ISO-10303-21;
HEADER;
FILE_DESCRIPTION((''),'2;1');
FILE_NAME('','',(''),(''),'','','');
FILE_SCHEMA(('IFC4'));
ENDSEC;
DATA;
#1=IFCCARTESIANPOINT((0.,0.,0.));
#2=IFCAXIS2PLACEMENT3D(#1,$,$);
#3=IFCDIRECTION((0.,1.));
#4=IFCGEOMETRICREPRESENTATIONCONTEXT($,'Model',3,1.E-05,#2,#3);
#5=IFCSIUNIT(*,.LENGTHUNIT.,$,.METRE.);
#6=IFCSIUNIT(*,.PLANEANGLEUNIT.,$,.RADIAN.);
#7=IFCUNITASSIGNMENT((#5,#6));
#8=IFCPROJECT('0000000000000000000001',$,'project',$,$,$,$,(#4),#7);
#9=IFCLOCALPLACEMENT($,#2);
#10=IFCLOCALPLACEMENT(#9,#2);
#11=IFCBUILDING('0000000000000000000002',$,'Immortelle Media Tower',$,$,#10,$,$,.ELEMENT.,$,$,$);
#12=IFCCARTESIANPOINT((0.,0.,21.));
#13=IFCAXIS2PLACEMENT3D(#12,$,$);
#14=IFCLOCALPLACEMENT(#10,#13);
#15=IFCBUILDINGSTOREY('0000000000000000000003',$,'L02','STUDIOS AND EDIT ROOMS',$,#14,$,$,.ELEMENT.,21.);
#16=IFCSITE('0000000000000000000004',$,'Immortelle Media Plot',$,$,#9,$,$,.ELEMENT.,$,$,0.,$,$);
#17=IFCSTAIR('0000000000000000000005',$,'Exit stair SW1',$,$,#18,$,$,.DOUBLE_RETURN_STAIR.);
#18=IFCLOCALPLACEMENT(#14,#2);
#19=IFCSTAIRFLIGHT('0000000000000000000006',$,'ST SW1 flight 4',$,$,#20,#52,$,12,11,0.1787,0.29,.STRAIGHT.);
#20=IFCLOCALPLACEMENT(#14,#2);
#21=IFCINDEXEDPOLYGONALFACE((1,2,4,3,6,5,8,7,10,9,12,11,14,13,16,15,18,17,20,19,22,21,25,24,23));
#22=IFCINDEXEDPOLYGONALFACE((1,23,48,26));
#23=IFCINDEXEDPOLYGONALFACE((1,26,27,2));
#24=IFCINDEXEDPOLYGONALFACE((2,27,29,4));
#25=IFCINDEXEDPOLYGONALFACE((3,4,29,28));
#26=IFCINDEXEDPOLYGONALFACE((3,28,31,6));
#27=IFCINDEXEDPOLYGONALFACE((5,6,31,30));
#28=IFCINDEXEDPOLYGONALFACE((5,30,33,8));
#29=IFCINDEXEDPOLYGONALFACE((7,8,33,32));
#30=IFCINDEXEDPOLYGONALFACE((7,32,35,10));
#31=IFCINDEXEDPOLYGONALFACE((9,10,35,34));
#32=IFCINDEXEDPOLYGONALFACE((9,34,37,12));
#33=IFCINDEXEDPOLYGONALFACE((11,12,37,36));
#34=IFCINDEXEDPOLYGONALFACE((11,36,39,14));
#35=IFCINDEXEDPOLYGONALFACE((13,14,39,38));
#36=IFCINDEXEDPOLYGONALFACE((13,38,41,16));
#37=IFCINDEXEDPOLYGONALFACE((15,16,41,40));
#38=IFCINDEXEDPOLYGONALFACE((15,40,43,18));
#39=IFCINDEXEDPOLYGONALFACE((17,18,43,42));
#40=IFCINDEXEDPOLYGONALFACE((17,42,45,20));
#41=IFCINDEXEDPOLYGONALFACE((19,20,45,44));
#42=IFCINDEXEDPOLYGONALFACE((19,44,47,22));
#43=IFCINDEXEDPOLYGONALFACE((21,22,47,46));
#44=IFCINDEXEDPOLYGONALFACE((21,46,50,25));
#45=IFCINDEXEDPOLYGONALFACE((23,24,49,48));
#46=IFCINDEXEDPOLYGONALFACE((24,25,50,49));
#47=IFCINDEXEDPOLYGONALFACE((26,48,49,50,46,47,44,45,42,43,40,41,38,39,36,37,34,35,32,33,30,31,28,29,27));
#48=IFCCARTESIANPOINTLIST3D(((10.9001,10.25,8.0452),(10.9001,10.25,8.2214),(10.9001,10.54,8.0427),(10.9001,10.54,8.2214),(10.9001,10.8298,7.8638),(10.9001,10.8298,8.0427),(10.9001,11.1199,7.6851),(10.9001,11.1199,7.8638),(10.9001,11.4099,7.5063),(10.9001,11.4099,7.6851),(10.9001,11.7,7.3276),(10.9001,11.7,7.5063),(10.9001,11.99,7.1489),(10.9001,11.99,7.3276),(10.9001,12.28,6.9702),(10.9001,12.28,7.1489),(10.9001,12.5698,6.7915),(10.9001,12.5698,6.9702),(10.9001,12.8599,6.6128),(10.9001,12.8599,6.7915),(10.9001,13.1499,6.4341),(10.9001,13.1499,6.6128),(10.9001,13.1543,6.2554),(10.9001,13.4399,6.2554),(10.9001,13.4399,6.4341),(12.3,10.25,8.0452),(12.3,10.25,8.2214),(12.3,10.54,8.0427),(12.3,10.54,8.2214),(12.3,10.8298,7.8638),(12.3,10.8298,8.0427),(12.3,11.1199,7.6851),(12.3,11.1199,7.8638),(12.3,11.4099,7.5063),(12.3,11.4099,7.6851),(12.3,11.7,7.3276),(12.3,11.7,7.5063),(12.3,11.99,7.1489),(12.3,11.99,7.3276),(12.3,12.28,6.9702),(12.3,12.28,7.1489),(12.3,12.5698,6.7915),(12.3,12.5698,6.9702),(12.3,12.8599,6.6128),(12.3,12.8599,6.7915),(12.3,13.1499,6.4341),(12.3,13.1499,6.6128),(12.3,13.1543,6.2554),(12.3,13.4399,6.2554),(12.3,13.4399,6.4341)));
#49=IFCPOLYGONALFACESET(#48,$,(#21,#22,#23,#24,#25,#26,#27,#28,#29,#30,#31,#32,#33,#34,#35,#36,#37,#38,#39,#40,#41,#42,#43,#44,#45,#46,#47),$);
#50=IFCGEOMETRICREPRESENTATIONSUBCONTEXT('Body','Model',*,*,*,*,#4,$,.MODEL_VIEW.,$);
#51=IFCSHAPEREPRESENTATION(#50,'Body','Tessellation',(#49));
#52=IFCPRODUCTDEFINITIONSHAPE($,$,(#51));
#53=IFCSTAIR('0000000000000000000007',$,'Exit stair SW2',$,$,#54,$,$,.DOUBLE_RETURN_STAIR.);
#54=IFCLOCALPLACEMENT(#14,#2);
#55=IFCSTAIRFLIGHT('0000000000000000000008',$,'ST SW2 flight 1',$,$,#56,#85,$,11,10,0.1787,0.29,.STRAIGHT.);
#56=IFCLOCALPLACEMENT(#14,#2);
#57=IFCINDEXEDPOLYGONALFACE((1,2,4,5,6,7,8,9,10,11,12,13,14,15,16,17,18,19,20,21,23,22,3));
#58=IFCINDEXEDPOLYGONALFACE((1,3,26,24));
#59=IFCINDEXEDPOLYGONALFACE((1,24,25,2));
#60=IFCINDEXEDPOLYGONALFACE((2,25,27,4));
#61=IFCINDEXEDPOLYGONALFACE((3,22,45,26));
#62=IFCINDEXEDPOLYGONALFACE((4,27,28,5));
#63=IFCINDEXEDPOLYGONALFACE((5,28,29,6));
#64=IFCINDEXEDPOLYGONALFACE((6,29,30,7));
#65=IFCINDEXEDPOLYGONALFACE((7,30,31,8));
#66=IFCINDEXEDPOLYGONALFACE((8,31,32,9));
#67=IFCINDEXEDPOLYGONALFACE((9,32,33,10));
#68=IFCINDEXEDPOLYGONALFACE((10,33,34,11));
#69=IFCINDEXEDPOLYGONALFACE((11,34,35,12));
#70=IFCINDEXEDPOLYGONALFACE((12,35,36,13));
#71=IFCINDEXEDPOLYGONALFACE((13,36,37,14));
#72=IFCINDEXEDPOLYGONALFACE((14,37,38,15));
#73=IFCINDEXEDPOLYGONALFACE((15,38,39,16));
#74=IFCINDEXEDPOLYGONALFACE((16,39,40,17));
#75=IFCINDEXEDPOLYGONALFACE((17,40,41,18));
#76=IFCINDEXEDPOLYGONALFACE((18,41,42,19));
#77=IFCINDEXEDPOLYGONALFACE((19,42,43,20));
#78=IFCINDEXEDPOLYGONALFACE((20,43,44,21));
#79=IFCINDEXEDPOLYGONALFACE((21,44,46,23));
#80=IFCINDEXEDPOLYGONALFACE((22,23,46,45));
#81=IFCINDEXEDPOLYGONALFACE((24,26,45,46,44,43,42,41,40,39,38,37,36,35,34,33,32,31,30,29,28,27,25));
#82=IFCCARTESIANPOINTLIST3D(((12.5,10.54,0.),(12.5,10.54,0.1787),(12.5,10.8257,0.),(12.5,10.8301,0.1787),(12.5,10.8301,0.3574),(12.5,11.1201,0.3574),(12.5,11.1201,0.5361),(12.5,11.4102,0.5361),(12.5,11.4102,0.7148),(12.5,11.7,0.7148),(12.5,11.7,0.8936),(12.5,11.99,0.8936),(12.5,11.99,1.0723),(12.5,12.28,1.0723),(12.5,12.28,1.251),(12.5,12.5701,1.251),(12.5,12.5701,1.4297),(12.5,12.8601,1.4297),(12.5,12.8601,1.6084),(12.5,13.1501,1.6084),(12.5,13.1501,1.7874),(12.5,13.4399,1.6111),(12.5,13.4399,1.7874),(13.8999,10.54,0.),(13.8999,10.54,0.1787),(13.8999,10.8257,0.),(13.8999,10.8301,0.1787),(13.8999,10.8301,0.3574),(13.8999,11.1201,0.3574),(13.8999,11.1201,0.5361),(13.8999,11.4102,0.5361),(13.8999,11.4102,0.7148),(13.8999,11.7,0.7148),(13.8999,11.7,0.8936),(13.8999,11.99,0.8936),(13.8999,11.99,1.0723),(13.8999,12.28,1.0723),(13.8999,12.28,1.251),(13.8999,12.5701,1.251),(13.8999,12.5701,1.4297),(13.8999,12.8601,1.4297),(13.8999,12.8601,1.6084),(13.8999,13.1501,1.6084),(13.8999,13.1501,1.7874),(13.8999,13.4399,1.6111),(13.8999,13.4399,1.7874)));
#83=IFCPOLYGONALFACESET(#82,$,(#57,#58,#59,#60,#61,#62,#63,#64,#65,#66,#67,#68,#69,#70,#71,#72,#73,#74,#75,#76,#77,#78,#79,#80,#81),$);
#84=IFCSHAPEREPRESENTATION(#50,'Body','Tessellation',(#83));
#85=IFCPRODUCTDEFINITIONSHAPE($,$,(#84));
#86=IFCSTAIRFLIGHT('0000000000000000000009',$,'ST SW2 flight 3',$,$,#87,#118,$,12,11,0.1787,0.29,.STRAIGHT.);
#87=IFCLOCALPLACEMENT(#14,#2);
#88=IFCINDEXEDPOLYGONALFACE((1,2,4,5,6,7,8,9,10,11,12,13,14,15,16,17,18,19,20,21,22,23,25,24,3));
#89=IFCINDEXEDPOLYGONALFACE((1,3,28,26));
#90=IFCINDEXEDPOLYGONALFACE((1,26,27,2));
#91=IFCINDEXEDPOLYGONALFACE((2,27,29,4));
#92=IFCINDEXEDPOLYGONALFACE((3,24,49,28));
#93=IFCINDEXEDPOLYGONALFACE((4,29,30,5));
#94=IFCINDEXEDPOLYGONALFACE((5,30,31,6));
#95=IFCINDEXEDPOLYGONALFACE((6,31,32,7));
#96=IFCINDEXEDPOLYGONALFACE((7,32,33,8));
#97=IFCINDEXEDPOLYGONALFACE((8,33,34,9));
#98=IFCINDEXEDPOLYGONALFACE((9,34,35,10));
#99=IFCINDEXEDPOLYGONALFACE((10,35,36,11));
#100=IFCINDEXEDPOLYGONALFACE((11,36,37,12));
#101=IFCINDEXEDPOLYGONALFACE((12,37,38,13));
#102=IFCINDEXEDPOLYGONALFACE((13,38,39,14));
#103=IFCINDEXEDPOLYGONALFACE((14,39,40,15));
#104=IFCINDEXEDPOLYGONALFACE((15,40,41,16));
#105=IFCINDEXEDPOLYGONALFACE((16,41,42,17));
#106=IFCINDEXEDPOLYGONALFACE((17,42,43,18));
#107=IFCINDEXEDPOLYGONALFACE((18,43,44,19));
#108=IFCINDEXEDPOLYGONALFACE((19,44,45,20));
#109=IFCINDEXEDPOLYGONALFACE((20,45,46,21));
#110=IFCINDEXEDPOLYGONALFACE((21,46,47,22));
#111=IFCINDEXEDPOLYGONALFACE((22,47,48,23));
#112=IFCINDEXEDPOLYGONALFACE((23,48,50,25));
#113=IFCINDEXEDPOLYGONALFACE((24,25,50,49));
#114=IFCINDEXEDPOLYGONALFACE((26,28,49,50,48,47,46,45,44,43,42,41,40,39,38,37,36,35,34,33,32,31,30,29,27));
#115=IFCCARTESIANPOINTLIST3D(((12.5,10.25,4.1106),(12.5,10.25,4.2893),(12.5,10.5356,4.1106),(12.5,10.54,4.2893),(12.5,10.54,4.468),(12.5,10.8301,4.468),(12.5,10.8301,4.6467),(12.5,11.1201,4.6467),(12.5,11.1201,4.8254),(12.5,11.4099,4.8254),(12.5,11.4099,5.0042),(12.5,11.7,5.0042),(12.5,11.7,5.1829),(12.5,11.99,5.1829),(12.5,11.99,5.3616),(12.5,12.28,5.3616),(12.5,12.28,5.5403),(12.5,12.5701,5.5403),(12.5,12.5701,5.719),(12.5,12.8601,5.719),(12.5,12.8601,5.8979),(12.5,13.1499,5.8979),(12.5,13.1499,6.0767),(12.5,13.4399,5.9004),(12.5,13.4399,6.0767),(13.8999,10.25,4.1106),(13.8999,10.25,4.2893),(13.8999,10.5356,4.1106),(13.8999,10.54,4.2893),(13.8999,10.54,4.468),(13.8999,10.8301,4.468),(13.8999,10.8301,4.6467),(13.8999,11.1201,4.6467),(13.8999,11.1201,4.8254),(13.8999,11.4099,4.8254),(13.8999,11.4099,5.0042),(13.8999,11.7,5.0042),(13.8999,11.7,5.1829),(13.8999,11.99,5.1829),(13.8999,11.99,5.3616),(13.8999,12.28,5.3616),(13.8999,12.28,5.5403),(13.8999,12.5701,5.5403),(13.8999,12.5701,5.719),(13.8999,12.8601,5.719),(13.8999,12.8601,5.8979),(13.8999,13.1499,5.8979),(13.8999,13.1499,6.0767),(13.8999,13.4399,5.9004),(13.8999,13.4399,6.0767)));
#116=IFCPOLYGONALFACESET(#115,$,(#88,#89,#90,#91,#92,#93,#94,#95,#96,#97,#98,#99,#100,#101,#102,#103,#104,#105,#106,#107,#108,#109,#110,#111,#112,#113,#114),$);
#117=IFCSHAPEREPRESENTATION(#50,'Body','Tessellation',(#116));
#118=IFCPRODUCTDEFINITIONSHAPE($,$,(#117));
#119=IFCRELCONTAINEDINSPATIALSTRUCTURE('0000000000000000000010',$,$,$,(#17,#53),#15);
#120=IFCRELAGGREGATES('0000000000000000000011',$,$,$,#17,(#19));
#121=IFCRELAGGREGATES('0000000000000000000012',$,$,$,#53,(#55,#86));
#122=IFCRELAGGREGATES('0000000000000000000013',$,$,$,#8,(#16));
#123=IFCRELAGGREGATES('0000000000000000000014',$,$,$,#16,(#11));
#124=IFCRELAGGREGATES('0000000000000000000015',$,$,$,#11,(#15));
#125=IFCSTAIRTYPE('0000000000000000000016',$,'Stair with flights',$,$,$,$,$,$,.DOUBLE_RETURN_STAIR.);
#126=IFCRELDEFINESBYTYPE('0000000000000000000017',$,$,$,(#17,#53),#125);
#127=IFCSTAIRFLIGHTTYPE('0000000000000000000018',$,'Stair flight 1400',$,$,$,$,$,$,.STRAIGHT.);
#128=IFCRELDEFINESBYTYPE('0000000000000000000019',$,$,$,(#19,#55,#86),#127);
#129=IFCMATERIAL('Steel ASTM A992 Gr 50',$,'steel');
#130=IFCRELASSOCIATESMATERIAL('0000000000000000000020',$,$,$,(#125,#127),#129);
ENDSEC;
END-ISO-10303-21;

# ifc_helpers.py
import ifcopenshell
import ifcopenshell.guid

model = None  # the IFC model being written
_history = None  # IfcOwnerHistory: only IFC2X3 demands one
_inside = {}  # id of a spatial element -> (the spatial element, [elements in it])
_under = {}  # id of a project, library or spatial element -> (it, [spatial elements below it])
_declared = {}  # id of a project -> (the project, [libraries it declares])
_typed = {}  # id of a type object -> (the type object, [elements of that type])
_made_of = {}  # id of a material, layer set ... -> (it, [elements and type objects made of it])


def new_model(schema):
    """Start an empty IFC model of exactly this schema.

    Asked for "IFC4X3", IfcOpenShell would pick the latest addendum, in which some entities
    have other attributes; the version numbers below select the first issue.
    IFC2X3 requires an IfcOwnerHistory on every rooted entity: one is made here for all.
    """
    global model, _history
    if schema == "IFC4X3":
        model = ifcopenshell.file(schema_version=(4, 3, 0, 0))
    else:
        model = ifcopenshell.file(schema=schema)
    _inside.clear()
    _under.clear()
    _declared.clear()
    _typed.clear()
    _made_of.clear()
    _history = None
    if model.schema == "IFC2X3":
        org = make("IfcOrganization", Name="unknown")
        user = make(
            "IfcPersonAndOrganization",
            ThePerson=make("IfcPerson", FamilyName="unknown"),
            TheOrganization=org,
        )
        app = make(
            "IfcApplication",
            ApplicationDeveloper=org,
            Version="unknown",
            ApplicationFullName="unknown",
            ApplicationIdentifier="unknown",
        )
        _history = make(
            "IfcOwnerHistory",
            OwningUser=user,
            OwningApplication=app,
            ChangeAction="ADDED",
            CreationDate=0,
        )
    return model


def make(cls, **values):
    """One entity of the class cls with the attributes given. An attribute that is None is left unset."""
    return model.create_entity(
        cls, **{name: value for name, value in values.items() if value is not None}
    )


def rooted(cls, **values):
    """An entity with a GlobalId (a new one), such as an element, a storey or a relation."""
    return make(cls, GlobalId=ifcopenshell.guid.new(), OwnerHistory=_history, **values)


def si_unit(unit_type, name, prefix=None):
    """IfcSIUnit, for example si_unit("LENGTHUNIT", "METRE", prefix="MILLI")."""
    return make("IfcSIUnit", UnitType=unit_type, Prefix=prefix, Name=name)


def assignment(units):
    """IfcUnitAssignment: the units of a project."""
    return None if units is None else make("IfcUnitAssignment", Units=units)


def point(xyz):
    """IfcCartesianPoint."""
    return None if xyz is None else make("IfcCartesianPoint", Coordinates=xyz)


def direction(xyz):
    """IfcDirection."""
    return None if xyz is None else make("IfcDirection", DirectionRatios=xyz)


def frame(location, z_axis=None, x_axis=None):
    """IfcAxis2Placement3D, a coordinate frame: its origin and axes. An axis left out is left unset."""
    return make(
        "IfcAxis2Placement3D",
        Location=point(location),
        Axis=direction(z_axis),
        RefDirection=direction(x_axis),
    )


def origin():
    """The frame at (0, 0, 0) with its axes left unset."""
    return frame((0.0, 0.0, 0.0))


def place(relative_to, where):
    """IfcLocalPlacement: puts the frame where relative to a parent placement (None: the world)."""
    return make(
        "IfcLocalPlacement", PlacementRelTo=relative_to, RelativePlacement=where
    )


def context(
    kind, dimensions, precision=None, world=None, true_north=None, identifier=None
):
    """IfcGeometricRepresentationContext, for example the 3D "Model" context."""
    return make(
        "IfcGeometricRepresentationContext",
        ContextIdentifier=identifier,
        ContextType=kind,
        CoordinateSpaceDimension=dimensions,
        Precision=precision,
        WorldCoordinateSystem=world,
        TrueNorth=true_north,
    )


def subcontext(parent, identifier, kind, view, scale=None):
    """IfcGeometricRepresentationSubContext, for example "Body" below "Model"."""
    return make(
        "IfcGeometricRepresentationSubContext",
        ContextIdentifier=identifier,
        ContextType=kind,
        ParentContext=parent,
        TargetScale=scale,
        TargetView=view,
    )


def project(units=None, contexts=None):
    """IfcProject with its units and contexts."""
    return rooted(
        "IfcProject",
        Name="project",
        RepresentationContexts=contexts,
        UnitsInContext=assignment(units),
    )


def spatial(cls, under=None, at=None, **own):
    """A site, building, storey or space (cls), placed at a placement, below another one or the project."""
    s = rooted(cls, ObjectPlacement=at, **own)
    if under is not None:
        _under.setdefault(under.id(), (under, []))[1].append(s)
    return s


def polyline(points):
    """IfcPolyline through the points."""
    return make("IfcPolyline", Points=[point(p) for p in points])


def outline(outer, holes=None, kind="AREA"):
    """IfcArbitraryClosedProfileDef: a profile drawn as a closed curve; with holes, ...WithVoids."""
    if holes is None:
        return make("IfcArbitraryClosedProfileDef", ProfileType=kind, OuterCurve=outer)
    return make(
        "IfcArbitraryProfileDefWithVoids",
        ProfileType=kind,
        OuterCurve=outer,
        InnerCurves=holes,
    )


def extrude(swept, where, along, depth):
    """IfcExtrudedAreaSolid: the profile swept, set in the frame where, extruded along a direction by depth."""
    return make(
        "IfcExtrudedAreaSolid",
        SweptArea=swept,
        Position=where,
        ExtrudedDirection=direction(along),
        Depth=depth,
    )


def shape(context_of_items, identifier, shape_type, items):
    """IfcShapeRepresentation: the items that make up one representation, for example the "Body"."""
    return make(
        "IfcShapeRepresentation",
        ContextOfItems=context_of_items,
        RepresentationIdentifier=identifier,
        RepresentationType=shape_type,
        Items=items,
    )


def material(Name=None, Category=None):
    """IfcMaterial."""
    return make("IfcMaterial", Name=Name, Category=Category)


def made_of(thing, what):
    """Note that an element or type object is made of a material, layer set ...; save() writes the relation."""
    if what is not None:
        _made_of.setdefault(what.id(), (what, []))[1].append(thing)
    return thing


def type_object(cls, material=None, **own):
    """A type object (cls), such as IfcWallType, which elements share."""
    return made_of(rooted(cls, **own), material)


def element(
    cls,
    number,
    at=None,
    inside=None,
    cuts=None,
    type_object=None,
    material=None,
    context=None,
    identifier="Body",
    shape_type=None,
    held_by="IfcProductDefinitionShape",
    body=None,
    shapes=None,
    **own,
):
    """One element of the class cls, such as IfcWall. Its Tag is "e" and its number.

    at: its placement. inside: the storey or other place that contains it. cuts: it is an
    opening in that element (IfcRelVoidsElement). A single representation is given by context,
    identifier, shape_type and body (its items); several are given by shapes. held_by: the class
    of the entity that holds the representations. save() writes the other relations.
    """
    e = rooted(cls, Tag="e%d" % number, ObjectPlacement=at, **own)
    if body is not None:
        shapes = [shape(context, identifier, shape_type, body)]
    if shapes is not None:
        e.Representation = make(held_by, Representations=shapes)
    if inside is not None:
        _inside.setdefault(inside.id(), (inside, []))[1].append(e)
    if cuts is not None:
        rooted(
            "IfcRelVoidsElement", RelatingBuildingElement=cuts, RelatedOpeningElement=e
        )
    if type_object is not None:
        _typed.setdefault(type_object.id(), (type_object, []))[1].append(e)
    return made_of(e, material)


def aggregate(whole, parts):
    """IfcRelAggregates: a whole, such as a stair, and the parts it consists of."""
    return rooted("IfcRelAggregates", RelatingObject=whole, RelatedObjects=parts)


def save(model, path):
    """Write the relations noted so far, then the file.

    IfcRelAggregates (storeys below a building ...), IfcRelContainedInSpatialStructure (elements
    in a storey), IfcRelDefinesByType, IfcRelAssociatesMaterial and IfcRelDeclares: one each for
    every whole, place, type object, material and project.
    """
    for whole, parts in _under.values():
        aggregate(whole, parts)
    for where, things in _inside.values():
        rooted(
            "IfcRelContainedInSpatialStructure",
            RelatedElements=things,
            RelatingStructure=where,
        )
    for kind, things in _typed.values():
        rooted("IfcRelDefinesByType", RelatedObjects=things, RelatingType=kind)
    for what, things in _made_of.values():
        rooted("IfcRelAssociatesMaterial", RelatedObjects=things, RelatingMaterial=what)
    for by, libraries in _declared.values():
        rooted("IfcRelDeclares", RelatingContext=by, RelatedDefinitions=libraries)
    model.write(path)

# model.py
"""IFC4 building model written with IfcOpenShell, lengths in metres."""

from ifc_helpers import new_model, si_unit, direction, frame, origin, place, context, subcontext, project, spatial, polyline, outline, extrude, material, type_object, element, aggregate, save


model = new_model("IFC4")

# Units and contexts
model_context = context("Model", 3, precision=1e-05, world=origin(), true_north=direction((0.0, 1.0)))
body_context = subcontext(model_context, "Body", "Model", "MODEL_VIEW")
ifc_project = project(units=[si_unit("LENGTHUNIT", "METRE"), si_unit("PLANEANGLEUNIT", "RADIAN")], contexts=[model_context])

# Site, building, storey
site_placement = place(None, origin())
site = spatial("IfcSite", under=ifc_project, at=site_placement, Name="Immortelle Media Plot", CompositionType="ELEMENT", RefElevation=0.0)
building_placement = place(site_placement, origin())
building = spatial("IfcBuilding", under=site, at=building_placement, Name="Immortelle Media Tower", CompositionType="ELEMENT")
storey_placement = place(building_placement, frame((0.0, 0.0, 21.0)))
storey = spatial("IfcBuildingStorey", under=building, at=storey_placement, Name="L02", Description="STUDIOS AND EDIT ROOMS", CompositionType="ELEMENT", Elevation=21.0)

# Shared definitions
ifc_material_1 = material(Name="Steel ASTM A992 Gr 50", Category="steel")

# Stairs, stair flights
stair_type = type_object("IfcStairType", Name="Stair with flights", PredefinedType="DOUBLE_RETURN_STAIR", material=ifc_material_1)
stair_1_placement = place(storey_placement, origin())
stair_1 = element("IfcStair", 1, at=stair_1_placement, inside=storey, type_object=stair_type, Name="Exit stair SW1", PredefinedType="DOUBLE_RETURN_STAIR")
stair_flight_type = type_object("IfcStairFlightType", Name="Stair flight 1400", PredefinedType="STRAIGHT", material=ifc_material_1)
stair_flight_1_placement = place(storey_placement, frame((11.6001, 13.4399, 6.2554), z_axis=(0.0, 0.0, 1.0), x_axis=(0.0, -1.0, 0.0)))
stair_flight_1 = element("IfcStairFlight", 2, at=stair_flight_1_placement, type_object=stair_flight_type, Name="ST SW1 flight 4", NumberOfRisers=12, NumberOfTreads=11, PredefinedType="STRAIGHT", RiserHeight=0.1787, TreadLength=0.29, context=body_context, shape_type="SweptSolid", body=[
    extrude(outline(polyline([(0.0, 0.0), (0.0, 0.1787), (0.29, 0.1787), (0.29, 0.3574), (0.5801, 0.3574), (0.5801, 0.5361), (0.8701, 0.5361), (0.8701, 0.7148), (1.1599, 0.7148), (1.1599, 0.8936), (1.45, 0.8936), (1.45, 1.0723), (1.74, 1.0723), (1.74, 1.251), (2.03, 1.251), (2.03, 1.4297), (2.3201, 1.4297), (2.3201, 1.6084), (2.6101, 1.6084), (2.6101, 1.7874), (2.8999, 1.7874), (2.8999, 1.9661), (3.1899, 1.9661), (3.1899, 2.1448), (3.1899, 1.7898), (0.2856, 0.0), (0.0, 0.0)])), frame((0.0, 0.7, 0.0), z_axis=(0.0, -1.0, 0.0), x_axis=(1.0, 0.0, 0.0)), (0.0, 0.0, 1.0), 1.3999),
])
aggregate(stair_1, [stair_flight_1])
stair_2_placement = place(storey_placement, origin())
stair_2 = element("IfcStair", 3, at=stair_2_placement, inside=storey, type_object=stair_type, Name="Exit stair SW2", PredefinedType="DOUBLE_RETURN_STAIR")
stair_flight_2_placement = place(storey_placement, frame((13.2, 10.54, 0.0), z_axis=(0.0, 0.0, 1.0), x_axis=(0.0, 1.0, 0.0)))
stair_flight_2 = element("IfcStairFlight", 4, at=stair_flight_2_placement, type_object=stair_flight_type, Name="ST SW2 flight 1", NumberOfRisers=11, NumberOfTreads=10, PredefinedType="STRAIGHT", RiserHeight=0.1787, TreadLength=0.29, context=body_context, shape_type="SweptSolid", body=[
    extrude(outline(polyline([(0.0, 0.0), (0.0, 0.1787), (0.29, 0.1787), (0.29, 0.3574), (0.5801, 0.3574), (0.5801, 0.5361), (0.8701, 0.5361), (0.8701, 0.7148), (1.1599, 0.7148), (1.1599, 0.8936), (1.45, 0.8936), (1.45, 1.0723), (1.74, 1.0723), (1.74, 1.251), (2.03, 1.251), (2.03, 1.4297), (2.3201, 1.4297), (2.3201, 1.6084), (2.6101, 1.6084), (2.6101, 1.7874), (2.8999, 1.7874), (2.8999, 1.9661), (2.8999, 1.6111), (0.2856, 0.0), (0.0, 0.0)])), frame((0.0, 0.7, 0.0), z_axis=(0.0, -1.0, 0.0), x_axis=(1.0, 0.0, 0.0)), (0.0, 0.0, 1.0), 1.3999),
])
stair_flight_3_placement = place(storey_placement, frame((13.2, 10.25, 4.1106), z_axis=(0.0, 0.0, 1.0), x_axis=(0.0, 1.0, 0.0)))
stair_flight_3 = element("IfcStairFlight", 5, at=stair_flight_3_placement, type_object=stair_flight_type, Name="ST SW2 flight 3", NumberOfRisers=12, NumberOfTreads=11, PredefinedType="STRAIGHT", RiserHeight=0.1787, TreadLength=0.29, context=body_context, shape_type="SweptSolid", body=[
    extrude(outline(polyline([(0.0, 0.0), (0.0, 0.1787), (0.29, 0.1787), (0.29, 0.3574), (0.5801, 0.3574), (0.5801, 0.5361), (0.8701, 0.5361), (0.8701, 0.7148), (1.1599, 0.7148), (1.1599, 0.8936), (1.45, 0.8936), (1.45, 1.0723), (1.74, 1.0723), (1.74, 1.251), (2.03, 1.251), (2.03, 1.4297), (2.3201, 1.4297), (2.3201, 1.6084), (2.6101, 1.6084), (2.6101, 1.7874), (2.8999, 1.7874), (2.8999, 1.9661), (3.1899, 1.9661), (3.1899, 2.1448), (3.1899, 1.7898), (0.2856, 0.0), (0.0, 0.0)])), frame((0.0, 0.7, 0.0), z_axis=(0.0, -1.0, 0.0), x_axis=(1.0, 0.0, 0.0)), (0.0, 0.0, 1.0), 1.3999),
])
aggregate(stair_2, [stair_flight_2, stair_flight_3])

save(model, "model.ifc")
